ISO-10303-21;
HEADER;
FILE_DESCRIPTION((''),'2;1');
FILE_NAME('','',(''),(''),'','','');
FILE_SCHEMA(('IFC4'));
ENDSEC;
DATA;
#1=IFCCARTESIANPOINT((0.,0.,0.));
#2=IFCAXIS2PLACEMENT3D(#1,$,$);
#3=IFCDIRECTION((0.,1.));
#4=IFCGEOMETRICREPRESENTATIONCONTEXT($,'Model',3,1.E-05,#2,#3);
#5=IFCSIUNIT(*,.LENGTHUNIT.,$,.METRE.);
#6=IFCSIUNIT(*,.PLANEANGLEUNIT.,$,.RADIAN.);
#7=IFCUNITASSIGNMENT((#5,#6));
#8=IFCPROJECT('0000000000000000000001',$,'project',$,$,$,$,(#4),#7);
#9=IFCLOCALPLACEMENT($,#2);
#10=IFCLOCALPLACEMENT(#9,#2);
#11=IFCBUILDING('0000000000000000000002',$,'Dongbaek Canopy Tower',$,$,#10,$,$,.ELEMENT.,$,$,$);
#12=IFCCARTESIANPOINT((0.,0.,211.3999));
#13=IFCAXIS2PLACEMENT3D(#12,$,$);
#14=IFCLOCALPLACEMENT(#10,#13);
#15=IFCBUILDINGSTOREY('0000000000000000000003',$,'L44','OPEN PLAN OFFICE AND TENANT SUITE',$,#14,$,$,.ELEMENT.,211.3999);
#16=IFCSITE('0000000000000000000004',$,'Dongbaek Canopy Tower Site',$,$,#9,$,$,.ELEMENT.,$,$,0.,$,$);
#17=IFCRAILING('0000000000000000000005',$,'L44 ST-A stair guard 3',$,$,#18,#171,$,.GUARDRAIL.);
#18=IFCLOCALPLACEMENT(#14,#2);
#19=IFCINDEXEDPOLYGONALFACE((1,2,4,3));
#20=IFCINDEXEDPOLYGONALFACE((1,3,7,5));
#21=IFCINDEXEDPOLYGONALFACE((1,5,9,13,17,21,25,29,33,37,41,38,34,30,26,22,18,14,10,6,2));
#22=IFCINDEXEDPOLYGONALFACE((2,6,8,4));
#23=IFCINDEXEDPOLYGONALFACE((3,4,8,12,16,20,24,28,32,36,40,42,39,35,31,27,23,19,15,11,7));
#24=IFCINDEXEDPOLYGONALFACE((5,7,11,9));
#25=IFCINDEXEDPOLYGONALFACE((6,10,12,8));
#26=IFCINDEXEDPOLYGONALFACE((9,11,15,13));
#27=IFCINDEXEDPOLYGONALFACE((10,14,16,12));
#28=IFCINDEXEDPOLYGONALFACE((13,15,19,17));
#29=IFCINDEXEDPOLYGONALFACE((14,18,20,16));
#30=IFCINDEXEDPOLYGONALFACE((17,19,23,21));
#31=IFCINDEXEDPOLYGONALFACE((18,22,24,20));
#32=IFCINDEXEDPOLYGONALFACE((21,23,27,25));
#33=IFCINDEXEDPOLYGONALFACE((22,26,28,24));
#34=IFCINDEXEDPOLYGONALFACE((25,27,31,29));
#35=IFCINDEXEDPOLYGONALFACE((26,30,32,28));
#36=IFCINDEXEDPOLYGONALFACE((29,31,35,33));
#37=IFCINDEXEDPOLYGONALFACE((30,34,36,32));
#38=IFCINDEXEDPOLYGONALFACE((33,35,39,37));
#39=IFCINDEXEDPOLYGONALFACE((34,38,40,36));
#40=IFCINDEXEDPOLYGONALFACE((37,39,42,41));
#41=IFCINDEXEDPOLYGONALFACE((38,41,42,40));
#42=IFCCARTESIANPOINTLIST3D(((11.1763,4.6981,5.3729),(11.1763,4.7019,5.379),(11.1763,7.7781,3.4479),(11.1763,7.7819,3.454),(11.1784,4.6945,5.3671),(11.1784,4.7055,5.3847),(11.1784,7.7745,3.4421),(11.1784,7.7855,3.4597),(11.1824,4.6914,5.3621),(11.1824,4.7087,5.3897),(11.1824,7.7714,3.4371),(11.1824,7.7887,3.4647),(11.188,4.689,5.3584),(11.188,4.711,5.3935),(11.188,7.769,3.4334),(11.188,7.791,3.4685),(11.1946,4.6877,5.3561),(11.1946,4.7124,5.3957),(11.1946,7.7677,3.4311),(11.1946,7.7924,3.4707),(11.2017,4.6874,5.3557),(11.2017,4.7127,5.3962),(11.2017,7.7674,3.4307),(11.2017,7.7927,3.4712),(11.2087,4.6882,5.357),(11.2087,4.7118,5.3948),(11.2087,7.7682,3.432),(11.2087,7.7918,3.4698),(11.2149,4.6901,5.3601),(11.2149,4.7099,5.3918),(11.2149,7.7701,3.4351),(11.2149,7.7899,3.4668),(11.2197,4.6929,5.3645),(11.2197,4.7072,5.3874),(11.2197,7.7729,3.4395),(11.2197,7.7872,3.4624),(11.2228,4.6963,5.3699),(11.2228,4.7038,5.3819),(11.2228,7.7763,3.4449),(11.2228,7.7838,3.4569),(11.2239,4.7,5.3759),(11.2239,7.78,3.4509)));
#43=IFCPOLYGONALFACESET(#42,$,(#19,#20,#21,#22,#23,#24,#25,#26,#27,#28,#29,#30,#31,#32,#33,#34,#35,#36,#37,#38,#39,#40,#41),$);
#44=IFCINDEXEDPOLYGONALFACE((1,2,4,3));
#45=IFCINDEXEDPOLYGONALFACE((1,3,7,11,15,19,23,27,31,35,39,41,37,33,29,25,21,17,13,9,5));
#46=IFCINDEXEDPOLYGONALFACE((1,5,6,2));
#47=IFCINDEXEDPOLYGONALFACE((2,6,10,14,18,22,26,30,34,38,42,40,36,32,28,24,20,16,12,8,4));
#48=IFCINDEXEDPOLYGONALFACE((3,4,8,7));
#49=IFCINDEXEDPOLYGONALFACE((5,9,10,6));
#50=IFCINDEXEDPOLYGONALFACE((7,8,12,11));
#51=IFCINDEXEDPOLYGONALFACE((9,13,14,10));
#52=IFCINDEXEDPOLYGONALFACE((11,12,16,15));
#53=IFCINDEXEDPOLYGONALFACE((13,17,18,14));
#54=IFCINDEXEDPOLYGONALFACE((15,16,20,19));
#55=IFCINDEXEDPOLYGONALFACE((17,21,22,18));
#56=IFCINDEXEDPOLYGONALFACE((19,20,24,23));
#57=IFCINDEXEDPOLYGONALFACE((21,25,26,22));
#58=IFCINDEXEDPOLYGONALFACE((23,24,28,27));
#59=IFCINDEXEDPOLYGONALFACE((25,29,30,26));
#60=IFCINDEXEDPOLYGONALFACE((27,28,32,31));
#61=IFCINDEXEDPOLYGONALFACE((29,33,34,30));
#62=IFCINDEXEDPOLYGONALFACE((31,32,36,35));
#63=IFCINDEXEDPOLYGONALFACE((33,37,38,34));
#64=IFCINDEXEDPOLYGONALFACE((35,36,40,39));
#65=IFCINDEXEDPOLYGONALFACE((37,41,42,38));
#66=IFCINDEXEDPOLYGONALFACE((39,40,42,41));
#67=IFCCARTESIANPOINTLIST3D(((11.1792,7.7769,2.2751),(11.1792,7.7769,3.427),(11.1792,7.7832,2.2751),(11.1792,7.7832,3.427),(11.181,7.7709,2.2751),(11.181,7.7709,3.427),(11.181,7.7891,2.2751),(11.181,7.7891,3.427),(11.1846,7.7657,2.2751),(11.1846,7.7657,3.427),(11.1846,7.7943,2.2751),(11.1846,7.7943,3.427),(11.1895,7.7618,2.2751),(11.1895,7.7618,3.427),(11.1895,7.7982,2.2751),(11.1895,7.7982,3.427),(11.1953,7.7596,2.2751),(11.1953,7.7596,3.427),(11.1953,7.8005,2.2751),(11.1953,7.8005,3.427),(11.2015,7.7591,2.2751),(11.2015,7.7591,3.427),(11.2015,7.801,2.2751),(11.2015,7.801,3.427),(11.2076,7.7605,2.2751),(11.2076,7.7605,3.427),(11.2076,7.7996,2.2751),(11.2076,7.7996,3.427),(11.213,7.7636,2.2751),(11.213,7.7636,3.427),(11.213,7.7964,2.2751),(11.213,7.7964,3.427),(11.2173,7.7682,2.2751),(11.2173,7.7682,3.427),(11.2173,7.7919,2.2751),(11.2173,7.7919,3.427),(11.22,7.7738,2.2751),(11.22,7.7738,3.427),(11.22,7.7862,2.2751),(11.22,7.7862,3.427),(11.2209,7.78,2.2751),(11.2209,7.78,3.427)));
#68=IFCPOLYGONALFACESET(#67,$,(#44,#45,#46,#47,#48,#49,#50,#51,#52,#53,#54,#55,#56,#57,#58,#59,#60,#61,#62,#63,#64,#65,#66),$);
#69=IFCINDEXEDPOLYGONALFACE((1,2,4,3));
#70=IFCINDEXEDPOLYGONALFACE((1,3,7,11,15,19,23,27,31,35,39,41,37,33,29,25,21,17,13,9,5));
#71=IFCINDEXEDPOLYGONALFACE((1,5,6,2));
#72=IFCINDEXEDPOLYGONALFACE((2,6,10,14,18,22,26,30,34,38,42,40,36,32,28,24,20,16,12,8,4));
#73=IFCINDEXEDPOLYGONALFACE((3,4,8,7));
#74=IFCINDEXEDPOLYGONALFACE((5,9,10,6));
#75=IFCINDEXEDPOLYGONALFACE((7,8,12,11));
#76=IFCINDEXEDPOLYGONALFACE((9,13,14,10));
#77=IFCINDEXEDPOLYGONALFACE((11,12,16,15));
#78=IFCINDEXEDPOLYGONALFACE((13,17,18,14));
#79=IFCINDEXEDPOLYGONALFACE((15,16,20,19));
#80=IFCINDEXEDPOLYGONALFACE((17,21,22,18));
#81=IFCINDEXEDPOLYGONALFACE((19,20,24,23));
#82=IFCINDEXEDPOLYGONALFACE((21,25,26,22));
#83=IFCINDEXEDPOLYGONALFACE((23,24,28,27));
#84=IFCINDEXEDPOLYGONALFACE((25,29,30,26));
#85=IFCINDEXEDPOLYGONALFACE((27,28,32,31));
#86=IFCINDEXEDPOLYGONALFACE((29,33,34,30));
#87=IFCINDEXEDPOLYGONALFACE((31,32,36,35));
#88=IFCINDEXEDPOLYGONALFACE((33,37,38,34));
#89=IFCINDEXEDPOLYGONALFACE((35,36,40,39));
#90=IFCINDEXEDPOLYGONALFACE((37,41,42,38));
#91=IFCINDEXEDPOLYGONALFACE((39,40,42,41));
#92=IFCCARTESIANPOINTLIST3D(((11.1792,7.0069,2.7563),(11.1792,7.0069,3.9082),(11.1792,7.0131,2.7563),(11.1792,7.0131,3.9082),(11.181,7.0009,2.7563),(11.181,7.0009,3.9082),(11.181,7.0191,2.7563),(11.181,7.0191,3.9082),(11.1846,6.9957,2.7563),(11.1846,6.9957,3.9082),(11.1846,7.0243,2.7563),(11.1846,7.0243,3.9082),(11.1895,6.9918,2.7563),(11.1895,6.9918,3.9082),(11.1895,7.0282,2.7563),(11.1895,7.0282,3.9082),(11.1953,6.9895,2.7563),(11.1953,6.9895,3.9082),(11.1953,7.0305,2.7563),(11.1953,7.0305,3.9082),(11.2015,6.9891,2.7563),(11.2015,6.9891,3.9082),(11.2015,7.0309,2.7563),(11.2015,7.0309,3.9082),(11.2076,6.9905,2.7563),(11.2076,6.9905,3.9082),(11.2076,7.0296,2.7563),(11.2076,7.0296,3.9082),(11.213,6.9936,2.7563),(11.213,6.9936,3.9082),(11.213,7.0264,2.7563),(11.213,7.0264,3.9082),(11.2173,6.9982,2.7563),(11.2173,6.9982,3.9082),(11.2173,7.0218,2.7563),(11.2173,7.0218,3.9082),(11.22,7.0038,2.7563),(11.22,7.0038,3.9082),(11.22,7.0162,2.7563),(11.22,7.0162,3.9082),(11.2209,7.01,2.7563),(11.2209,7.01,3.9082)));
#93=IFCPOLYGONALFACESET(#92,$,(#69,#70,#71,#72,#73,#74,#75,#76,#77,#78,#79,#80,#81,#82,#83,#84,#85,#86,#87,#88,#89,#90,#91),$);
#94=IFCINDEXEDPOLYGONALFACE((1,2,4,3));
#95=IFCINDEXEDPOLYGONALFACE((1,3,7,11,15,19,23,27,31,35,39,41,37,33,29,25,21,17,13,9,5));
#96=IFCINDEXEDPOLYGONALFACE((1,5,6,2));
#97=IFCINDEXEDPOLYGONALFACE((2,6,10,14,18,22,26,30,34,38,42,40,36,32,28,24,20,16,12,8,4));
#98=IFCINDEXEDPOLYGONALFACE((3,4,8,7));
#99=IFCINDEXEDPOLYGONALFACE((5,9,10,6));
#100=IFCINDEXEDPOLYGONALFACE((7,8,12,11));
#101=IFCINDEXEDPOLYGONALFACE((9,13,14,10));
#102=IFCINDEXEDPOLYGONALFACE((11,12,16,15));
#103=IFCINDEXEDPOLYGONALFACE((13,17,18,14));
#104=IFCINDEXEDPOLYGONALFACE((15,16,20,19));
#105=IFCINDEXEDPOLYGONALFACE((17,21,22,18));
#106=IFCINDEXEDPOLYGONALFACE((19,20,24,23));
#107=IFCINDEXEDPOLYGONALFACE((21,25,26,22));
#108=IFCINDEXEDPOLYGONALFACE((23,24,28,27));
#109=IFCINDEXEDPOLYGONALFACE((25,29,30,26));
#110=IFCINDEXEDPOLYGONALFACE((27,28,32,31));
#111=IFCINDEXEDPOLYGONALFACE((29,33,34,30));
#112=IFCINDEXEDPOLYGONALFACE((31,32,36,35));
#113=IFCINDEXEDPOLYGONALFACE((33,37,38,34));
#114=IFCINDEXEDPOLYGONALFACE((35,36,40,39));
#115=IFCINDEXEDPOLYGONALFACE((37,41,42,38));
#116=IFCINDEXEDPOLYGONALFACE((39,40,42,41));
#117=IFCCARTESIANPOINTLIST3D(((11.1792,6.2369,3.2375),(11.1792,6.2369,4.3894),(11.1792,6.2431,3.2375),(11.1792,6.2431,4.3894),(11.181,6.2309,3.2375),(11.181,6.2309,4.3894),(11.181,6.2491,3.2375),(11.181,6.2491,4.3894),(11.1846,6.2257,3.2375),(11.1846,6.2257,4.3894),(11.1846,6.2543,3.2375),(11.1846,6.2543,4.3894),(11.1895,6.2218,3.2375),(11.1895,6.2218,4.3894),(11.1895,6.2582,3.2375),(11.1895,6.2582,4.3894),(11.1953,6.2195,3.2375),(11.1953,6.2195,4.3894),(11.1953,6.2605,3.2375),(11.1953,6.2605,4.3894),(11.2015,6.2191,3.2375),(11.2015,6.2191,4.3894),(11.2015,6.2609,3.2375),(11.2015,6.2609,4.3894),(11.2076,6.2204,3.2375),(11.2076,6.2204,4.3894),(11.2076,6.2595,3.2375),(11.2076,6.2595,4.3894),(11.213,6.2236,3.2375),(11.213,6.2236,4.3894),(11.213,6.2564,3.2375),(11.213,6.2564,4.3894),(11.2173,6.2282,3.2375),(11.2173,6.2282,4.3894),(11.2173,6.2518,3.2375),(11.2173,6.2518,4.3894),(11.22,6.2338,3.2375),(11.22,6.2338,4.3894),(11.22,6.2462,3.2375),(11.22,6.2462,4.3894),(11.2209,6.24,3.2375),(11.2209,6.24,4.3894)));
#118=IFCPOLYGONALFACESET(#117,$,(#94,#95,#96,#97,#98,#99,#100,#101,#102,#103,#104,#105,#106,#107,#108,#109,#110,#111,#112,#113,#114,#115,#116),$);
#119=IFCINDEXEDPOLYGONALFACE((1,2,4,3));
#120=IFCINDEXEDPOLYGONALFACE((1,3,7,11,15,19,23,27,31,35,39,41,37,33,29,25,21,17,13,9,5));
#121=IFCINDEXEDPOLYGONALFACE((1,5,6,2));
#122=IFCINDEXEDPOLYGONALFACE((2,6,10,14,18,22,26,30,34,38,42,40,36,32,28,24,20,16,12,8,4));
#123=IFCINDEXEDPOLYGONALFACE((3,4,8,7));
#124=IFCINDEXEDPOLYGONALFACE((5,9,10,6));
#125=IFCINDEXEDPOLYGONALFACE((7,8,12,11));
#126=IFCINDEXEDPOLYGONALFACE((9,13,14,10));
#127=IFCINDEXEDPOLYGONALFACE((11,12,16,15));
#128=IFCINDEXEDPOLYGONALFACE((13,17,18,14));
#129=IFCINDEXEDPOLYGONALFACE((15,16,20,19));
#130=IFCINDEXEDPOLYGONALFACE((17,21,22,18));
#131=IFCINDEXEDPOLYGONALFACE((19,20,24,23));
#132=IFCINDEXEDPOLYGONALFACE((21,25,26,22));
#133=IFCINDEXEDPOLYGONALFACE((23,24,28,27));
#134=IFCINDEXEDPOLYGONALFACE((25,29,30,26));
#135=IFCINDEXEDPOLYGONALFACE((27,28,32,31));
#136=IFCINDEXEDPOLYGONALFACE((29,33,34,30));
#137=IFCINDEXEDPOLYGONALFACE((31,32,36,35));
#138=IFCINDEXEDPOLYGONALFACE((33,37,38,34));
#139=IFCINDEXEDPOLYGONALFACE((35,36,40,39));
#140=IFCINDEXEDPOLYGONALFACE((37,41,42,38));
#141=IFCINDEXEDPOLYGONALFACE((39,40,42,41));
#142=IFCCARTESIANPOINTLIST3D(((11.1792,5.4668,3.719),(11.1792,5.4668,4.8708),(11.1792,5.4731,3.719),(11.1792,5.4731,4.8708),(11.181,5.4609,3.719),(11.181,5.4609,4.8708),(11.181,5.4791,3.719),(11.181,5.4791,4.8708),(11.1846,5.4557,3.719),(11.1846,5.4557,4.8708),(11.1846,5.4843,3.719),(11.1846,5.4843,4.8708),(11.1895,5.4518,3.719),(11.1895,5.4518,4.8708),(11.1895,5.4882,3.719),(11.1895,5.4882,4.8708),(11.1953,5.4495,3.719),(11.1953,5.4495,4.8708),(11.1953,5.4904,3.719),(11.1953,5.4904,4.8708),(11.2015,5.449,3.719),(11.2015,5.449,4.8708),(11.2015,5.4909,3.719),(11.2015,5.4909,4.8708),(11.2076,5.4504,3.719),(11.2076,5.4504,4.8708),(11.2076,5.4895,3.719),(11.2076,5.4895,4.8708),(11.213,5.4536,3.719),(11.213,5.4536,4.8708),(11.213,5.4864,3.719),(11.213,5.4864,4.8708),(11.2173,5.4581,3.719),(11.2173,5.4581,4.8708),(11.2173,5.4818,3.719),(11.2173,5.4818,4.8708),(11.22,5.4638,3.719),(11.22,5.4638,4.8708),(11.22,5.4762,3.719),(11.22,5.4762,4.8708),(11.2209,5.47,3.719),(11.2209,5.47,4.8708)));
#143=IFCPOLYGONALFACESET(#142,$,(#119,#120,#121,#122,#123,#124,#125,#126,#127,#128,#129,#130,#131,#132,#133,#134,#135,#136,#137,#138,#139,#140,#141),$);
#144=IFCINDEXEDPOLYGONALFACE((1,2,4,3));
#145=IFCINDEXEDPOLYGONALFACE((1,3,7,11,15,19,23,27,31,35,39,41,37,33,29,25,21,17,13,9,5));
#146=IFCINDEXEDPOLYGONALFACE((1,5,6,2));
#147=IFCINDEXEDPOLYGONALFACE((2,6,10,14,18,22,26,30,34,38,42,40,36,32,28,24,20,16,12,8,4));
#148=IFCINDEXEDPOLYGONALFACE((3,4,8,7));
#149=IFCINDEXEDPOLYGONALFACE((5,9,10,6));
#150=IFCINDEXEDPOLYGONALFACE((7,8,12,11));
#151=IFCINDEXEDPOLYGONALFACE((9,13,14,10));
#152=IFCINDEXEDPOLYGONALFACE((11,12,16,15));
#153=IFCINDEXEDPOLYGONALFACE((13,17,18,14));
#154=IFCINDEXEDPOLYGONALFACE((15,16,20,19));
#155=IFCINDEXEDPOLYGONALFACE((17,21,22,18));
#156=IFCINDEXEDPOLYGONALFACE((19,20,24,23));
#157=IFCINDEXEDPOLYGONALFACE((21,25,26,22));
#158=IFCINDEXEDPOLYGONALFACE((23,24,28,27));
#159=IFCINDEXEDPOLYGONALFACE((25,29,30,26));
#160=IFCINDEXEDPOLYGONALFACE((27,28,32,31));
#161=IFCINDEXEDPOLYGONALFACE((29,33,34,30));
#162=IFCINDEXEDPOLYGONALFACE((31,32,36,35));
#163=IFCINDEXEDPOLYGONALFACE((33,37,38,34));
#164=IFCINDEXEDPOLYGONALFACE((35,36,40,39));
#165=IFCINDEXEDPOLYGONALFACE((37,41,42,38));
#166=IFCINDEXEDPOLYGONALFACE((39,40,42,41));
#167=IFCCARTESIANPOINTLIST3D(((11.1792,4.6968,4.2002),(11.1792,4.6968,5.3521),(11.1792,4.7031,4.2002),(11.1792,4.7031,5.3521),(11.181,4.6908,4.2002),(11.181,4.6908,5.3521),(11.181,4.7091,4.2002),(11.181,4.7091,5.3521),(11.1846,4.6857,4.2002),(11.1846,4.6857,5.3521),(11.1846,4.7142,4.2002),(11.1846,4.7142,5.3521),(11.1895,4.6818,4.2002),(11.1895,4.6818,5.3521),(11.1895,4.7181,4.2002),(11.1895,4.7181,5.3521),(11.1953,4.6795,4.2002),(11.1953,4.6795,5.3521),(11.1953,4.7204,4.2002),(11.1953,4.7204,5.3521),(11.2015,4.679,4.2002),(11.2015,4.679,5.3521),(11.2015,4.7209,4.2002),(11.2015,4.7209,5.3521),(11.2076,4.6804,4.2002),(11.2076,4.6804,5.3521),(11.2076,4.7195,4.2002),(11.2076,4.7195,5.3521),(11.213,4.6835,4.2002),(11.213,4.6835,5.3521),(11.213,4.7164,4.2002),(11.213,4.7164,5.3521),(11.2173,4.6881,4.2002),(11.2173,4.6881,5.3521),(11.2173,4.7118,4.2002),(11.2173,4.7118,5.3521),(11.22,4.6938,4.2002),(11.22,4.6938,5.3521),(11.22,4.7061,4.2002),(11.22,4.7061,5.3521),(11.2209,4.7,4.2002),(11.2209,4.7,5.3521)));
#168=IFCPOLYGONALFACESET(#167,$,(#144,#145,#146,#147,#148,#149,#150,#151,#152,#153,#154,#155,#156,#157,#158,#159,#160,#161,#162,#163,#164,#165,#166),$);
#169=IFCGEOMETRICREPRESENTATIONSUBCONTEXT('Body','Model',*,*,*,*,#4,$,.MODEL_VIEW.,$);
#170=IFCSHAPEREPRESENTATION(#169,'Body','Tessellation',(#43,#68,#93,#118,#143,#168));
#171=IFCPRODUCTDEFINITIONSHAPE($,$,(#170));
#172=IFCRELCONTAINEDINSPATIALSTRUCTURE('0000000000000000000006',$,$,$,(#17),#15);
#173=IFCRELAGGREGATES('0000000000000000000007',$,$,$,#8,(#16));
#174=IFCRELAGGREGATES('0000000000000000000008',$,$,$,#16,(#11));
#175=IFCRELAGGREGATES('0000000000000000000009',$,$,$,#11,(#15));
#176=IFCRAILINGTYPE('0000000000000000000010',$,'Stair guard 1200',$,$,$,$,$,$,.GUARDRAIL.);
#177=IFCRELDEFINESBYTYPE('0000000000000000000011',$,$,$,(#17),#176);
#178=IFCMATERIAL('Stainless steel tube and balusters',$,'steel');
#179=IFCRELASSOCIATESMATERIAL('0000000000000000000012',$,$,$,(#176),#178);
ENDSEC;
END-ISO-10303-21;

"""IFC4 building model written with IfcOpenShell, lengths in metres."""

from ifc_helpers import new_model, si_unit, direction, frame, origin, origin_2d, place, context, subcontext, project, spatial, circle, extrude, material, type_object, element, save


model = new_model("IFC4")

# Units and contexts
model_context = context("Model", 3, precision=1e-05, world=origin(), true_north=direction((0.0, 1.0)))
body_context = subcontext(model_context, "Body", "Model", "MODEL_VIEW")
ifc_project = project(units=[si_unit("LENGTHUNIT", "METRE"), si_unit("PLANEANGLEUNIT", "RADIAN")], contexts=[model_context])

# Site, building, storey
site_placement = place(None, origin())
site = spatial("IfcSite", under=ifc_project, at=site_placement, Name="Dongbaek Canopy Tower Site", CompositionType="ELEMENT", RefElevation=0.0)
building_placement = place(site_placement, origin())
building = spatial("IfcBuilding", under=site, at=building_placement, Name="Dongbaek Canopy Tower", CompositionType="ELEMENT")
storey_placement = place(building_placement, frame((0.0, 0.0, 211.3999)))
storey = spatial("IfcBuildingStorey", under=building, at=storey_placement, Name="L44", Description="OPEN PLAN OFFICE AND TENANT SUITE", CompositionType="ELEMENT", Elevation=211.3999)

# Railing
ifc_material_1 = material(Name="Stainless steel tube and balusters", Category="steel")
railing_type = type_object("IfcRailingType", Name="Stair guard 1200", PredefinedType="GUARDRAIL", material=ifc_material_1)
railing_1_placement = place(storey_placement, frame((11.2, 7.78, 2.2751)))
element("IfcRailing", 1, at=railing_1_placement, inside=storey, type_object=railing_type, Name="L44 ST-A stair guard 3", PredefinedType="GUARDRAIL", context=body_context, shape_type="SweptSolid", body=[
    extrude(circle(Radius=0.0239, at=origin_2d()), frame((0.0, 0.0, 1.1758), z_axis=(0.0, -0.847998, 0.529999), x_axis=(1.0, 0.0, 0.0)), (0.0, 0.0, 1.0), 3.6321),
    extrude(circle(Radius=0.021, at=origin_2d()), origin(), (0.0, 0.0, 1.0), 1.1519),
    extrude(circle(Radius=0.021, at=origin_2d()), frame((0.0, -0.77, 0.4812)), (0.0, 0.0, 1.0), 1.1519),
    extrude(circle(Radius=0.021, at=origin_2d()), frame((0.0, -1.54, 0.9624)), (0.0, 0.0, 1.0), 1.1519),
    extrude(circle(Radius=0.021, at=origin_2d()), frame((0.0, -2.3101, 1.4438)), (0.0, 0.0, 1.0), 1.1519),
    extrude(circle(Radius=0.021, at=origin_2d()), frame((0.0, -3.0801, 1.925)), (0.0, 0.0, 1.0), 1.1519),
])

save(model, "model.ifc")
